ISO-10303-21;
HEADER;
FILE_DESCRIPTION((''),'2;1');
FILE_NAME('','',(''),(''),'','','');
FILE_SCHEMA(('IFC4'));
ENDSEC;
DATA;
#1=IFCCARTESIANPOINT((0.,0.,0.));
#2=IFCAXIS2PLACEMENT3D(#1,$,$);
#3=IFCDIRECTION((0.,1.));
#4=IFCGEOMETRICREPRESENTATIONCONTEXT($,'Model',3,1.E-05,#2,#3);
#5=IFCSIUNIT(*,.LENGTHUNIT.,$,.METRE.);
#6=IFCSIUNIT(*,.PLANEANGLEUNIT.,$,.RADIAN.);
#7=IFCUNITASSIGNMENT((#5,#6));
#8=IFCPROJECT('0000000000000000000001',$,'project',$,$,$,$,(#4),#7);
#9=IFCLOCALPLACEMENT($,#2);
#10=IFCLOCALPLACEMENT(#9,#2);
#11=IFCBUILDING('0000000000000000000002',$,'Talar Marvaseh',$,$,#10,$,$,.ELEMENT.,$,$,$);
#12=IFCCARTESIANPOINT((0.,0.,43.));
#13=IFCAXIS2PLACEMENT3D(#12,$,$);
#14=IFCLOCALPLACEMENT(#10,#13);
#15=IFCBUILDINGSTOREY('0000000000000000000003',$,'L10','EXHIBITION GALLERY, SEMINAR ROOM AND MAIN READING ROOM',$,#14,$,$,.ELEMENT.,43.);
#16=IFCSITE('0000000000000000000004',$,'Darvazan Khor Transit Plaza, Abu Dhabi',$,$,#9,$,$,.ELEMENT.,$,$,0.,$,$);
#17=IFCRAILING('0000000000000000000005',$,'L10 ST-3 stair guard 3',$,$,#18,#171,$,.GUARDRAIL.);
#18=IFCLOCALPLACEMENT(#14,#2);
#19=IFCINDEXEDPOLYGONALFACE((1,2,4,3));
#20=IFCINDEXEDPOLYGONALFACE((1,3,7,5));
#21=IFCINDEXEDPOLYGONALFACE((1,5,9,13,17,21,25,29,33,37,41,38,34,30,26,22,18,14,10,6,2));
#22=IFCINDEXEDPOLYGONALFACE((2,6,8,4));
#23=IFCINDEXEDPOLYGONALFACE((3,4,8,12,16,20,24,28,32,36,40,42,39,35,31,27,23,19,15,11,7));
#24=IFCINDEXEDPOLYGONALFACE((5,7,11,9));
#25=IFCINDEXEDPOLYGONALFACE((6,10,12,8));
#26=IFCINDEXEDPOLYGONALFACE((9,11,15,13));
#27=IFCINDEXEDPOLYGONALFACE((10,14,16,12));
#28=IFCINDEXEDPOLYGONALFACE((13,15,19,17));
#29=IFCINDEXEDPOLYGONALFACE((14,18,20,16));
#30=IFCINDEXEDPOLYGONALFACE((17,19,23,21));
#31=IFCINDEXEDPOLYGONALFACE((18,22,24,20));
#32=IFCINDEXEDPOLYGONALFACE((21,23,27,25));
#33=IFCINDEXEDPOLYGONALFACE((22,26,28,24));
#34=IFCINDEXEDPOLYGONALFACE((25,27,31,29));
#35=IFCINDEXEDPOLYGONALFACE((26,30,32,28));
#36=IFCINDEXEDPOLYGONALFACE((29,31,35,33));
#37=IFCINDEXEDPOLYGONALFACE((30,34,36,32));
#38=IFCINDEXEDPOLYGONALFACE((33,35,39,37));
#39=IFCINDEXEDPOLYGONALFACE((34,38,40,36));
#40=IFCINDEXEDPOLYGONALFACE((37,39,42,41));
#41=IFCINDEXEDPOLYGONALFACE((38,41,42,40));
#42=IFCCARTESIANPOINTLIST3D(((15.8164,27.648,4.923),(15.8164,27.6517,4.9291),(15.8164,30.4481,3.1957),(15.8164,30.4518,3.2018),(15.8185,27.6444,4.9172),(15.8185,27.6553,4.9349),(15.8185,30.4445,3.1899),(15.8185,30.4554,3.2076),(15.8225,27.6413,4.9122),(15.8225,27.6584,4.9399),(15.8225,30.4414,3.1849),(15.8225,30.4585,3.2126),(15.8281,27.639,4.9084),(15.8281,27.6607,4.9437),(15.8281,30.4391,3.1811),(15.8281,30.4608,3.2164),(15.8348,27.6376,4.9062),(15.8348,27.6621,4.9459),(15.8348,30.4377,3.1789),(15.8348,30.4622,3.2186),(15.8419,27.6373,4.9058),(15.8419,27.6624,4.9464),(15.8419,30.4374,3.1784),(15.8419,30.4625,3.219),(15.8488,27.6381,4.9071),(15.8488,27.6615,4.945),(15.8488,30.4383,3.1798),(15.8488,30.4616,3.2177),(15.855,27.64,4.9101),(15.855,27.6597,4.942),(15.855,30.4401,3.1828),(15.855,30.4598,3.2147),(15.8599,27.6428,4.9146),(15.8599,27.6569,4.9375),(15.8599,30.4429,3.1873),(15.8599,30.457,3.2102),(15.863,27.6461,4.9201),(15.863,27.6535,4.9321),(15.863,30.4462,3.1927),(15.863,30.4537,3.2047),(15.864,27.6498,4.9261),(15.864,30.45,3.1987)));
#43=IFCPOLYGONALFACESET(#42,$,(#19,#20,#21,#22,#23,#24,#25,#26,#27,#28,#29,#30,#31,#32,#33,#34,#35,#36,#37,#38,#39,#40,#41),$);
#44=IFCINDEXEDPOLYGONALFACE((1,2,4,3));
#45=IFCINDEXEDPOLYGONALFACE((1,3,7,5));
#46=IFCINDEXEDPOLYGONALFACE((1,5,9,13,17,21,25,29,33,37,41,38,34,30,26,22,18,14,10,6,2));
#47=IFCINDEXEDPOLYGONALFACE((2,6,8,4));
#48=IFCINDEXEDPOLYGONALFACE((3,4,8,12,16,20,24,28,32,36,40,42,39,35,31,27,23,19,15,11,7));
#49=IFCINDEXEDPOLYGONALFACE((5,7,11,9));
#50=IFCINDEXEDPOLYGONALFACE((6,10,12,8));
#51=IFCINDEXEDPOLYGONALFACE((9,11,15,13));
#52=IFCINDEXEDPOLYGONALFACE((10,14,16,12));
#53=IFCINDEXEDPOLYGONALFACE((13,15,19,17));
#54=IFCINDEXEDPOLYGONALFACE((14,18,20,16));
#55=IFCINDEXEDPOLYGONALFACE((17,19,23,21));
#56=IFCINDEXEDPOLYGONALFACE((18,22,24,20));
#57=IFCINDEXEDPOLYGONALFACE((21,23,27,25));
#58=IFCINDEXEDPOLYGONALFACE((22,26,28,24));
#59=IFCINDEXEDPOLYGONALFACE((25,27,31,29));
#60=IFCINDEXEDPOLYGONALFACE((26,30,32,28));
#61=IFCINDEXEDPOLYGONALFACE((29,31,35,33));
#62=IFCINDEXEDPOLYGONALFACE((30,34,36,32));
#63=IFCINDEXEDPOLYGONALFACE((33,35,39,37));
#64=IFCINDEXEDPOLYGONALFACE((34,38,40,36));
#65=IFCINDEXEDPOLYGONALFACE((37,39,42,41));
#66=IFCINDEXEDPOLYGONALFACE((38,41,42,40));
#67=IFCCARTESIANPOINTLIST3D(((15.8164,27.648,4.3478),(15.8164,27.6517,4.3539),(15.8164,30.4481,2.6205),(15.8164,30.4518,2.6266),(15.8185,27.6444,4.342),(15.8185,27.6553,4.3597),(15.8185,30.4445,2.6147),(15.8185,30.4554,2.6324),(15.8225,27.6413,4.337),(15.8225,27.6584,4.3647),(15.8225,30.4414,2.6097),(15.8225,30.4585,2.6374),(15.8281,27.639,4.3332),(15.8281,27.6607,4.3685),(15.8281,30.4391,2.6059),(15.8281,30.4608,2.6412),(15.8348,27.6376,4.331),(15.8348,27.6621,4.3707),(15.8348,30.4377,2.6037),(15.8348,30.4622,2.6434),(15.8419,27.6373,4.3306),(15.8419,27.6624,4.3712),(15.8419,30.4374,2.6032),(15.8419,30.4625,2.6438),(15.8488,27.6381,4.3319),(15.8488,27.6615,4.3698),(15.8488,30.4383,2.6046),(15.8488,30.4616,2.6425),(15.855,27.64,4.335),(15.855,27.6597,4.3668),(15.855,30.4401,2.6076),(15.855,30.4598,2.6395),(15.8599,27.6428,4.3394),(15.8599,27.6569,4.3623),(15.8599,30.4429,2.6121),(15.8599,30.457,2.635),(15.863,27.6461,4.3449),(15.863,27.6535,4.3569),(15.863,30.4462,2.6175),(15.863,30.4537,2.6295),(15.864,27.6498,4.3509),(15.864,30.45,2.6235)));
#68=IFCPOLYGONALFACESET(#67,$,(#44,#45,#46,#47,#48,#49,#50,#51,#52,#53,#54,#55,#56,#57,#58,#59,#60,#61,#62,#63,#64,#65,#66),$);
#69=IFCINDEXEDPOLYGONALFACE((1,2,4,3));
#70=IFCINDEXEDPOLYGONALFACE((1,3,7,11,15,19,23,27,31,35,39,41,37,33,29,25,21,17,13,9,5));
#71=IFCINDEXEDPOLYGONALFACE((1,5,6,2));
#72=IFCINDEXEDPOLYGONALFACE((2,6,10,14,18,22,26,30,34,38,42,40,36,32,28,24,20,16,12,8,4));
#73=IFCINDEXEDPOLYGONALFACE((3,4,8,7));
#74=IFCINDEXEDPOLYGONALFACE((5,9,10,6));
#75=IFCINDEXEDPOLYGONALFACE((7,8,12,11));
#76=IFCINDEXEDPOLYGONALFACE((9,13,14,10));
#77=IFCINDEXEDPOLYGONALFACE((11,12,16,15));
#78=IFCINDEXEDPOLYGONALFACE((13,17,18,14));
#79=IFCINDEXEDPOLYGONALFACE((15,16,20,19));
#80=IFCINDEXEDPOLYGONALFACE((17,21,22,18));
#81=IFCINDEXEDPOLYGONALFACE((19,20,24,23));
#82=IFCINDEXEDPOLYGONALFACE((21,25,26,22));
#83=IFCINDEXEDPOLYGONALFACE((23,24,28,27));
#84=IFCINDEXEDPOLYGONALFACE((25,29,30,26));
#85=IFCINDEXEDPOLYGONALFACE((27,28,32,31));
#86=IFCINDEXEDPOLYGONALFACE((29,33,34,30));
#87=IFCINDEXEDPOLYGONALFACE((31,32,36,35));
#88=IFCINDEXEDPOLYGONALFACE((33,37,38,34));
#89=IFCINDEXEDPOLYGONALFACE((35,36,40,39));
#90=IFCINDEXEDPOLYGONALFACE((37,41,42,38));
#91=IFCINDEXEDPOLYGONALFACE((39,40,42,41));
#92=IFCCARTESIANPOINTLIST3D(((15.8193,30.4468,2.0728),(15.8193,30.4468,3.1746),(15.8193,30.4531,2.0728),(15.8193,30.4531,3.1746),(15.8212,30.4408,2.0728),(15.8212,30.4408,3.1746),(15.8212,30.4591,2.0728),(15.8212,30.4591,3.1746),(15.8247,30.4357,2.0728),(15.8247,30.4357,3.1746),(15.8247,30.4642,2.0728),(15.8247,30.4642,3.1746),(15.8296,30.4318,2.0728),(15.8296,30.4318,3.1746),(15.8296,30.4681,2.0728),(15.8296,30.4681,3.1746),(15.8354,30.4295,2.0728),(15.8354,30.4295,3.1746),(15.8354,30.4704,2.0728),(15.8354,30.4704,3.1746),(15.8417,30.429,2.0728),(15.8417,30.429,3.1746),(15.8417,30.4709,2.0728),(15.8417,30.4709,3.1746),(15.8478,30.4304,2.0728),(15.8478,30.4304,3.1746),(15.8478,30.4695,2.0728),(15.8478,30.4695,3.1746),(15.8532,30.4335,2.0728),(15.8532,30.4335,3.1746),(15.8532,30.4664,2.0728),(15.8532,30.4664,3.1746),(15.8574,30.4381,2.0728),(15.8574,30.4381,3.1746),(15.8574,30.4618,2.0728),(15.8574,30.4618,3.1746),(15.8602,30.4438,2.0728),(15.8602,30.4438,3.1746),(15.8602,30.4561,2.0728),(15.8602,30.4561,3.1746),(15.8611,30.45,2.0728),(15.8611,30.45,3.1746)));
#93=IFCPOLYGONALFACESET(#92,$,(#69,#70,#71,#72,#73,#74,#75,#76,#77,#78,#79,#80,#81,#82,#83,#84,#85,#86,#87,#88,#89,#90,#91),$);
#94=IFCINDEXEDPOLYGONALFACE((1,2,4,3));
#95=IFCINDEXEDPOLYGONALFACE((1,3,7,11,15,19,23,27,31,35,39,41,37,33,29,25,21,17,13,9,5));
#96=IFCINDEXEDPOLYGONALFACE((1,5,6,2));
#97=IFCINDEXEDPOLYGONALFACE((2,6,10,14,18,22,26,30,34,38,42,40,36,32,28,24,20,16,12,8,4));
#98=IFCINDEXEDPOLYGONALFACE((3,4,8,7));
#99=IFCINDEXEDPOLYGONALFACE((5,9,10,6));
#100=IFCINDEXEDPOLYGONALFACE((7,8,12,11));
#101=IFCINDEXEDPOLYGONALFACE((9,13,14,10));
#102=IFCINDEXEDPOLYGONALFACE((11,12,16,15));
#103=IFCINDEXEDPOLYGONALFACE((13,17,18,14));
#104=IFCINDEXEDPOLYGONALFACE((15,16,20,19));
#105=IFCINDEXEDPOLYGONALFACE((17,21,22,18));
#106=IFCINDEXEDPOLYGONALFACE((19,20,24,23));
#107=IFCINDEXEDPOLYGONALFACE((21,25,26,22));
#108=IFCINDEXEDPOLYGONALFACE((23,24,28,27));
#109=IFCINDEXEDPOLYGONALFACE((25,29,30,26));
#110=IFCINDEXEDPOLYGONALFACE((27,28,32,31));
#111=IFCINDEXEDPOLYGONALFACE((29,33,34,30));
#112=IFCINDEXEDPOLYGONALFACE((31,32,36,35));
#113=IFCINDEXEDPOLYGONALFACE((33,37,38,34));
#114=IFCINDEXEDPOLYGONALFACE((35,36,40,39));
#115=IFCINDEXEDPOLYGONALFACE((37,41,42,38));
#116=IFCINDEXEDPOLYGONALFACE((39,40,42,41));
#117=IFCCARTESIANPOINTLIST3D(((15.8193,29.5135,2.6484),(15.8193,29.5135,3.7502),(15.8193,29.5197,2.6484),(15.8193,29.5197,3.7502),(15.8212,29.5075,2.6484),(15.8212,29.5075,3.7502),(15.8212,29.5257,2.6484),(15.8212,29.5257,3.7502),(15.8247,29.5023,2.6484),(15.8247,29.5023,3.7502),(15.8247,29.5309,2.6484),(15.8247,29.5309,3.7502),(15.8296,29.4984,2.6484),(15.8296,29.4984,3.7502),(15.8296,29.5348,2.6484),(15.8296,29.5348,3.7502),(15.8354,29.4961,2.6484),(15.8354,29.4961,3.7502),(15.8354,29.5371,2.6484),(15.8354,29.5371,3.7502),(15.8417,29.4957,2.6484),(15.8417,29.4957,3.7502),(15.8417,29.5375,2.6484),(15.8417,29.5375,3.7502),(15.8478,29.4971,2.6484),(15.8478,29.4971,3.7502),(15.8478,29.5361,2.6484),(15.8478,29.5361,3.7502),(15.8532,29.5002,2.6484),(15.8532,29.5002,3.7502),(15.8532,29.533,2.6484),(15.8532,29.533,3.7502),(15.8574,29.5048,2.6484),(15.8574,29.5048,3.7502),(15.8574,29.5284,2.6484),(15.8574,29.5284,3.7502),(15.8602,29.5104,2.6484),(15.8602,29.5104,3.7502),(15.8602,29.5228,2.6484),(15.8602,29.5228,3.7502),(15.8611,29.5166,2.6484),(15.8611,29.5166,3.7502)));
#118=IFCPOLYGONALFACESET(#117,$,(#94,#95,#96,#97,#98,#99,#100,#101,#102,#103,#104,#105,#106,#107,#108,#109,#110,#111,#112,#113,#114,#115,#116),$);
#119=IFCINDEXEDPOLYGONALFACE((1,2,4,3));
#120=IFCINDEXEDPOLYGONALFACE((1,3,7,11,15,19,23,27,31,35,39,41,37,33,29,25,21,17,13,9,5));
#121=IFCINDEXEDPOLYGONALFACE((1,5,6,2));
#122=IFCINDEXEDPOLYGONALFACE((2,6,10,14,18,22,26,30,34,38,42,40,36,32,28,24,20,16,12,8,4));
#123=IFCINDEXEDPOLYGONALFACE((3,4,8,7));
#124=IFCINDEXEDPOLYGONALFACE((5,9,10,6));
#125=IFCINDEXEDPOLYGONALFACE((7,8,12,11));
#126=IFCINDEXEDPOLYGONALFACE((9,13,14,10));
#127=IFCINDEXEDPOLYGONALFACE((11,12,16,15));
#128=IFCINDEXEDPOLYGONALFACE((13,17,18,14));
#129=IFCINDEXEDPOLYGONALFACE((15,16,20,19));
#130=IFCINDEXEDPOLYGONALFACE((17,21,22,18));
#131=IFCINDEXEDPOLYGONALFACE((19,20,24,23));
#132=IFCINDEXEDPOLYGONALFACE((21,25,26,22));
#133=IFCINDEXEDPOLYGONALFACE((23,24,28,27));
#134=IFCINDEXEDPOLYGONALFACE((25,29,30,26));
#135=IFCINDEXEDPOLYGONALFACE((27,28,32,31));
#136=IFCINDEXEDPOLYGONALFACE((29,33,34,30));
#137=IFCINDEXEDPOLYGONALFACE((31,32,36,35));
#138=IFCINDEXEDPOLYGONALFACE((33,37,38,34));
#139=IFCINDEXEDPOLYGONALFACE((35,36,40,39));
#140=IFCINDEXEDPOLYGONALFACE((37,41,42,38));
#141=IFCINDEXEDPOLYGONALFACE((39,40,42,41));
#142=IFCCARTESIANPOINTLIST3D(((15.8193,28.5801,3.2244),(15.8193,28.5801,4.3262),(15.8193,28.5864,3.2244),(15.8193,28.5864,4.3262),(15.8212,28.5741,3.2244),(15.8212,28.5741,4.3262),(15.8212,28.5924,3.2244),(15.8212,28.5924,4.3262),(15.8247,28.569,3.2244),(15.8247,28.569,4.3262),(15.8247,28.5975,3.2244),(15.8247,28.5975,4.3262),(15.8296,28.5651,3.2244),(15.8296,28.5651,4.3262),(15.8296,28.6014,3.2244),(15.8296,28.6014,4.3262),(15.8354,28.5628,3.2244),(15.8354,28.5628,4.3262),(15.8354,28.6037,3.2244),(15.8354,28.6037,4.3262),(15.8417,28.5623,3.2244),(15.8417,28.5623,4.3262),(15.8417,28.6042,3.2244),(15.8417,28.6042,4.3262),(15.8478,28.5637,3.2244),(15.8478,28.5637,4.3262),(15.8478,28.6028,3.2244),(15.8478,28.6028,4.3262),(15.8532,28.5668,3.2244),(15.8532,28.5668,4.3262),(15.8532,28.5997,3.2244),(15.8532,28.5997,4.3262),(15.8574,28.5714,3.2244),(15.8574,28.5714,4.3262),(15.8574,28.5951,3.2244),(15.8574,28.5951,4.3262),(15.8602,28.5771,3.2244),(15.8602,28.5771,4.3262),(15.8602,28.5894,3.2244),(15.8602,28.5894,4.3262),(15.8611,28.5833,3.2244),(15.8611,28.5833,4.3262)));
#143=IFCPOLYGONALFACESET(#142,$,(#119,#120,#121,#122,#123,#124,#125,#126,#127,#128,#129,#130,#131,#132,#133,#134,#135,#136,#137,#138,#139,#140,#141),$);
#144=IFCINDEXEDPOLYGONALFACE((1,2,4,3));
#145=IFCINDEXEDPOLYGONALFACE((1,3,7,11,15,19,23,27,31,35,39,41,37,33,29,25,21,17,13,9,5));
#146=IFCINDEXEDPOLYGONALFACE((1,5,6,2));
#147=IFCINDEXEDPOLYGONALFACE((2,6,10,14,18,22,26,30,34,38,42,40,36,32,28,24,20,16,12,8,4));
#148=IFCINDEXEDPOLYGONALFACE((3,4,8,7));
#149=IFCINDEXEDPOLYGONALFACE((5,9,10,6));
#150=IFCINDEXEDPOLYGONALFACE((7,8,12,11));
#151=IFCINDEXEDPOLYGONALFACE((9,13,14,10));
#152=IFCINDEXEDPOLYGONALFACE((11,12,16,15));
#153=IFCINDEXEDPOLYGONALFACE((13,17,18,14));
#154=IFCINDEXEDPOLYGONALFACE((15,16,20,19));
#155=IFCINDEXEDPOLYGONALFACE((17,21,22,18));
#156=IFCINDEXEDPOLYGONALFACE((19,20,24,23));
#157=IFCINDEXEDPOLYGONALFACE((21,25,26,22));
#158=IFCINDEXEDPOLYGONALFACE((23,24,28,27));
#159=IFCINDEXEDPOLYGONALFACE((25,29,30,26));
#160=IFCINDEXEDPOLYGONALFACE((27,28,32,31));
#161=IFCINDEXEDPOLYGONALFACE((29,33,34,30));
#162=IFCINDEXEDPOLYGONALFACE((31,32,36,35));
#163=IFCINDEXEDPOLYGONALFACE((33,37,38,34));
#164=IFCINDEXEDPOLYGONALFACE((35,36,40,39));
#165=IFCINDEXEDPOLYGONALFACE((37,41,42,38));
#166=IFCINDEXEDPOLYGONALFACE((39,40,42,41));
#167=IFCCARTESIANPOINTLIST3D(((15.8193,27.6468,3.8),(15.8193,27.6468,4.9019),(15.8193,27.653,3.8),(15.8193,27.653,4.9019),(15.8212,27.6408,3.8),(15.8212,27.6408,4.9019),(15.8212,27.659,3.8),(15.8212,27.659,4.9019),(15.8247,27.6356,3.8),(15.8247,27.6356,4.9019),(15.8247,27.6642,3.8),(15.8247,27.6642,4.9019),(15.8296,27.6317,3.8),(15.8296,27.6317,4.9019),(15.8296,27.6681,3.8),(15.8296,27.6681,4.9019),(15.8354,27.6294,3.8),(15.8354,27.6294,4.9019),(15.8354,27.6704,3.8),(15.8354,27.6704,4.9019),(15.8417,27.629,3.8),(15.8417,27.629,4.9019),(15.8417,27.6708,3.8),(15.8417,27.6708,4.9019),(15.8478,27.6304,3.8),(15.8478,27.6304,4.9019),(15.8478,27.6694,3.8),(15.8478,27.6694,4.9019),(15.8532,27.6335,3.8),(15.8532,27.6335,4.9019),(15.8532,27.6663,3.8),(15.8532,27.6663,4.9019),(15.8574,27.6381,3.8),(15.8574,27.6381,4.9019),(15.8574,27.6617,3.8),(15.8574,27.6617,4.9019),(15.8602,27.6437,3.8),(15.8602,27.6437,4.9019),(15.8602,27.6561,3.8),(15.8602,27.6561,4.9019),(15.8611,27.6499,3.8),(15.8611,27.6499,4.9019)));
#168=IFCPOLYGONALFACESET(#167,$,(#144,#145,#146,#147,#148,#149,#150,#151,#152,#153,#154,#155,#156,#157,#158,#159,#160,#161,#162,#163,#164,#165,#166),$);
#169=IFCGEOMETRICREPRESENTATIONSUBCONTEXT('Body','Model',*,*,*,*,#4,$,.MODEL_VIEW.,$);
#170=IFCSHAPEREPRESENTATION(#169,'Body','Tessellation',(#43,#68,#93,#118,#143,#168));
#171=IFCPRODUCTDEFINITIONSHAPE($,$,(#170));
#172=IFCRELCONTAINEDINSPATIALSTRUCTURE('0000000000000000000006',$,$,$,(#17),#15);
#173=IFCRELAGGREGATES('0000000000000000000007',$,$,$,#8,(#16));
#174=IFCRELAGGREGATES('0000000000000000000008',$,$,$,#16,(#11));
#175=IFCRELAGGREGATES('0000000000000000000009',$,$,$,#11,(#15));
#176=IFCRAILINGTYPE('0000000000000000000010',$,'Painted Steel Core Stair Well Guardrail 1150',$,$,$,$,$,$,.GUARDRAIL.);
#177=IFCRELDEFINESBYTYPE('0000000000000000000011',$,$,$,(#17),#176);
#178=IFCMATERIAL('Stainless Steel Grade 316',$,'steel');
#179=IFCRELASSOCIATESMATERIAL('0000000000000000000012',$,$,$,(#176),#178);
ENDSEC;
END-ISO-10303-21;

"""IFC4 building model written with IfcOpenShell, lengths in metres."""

from ifc_helpers import new_model, si_unit, direction, frame, origin, origin_2d, place, context, subcontext, project, spatial, circle, extrude, material, type_object, element, save


model = new_model("IFC4")

# Units and contexts
model_context = context("Model", 3, precision=1e-05, world=origin(), true_north=direction((0.0, 1.0)))
body_context = subcontext(model_context, "Body", "Model", "MODEL_VIEW")
ifc_project = project(units=[si_unit("LENGTHUNIT", "METRE"), si_unit("PLANEANGLEUNIT", "RADIAN")], contexts=[model_context])

# Site, building, storey
site_placement = place(None, origin())
site = spatial("IfcSite", under=ifc_project, at=site_placement, Name="Darvazan Khor Transit Plaza, Abu Dhabi", CompositionType="ELEMENT", RefElevation=0.0)
building_placement = place(site_placement, origin())
building = spatial("IfcBuilding", under=site, at=building_placement, Name="Talar Marvaseh", CompositionType="ELEMENT")
storey_placement = place(building_placement, frame((0.0, 0.0, 43.0)))
storey = spatial("IfcBuildingStorey", under=building, at=storey_placement, Name="L10", Description="EXHIBITION GALLERY, SEMINAR ROOM AND MAIN READING ROOM", CompositionType="ELEMENT", Elevation=43.0)

# Railing
ifc_material_1 = material(Name="Stainless Steel Grade 316", Category="steel")
railing_type_1 = type_object("IfcRailingType", Name="Painted Steel Core Stair Well Guardrail 1150", PredefinedType="GUARDRAIL", material=ifc_material_1)
railing_1_placement = place(storey_placement, frame((15.8401, 30.45, 2.0728)))
element("IfcRailing", 1, at=railing_1_placement, inside=storey, type_object=railing_type_1, Name="L10 ST-3 stair guard 3", PredefinedType="GUARDRAIL", context=body_context, shape_type="SweptSolid", body=[
    extrude(circle(Radius=0.0239, at=origin_2d()), frame((0.0, 0.0, 1.126), z_axis=(0.0, -0.85109, 0.52502), x_axis=(1.0, 0.0, 0.0)), (0.0, 0.0, 1.0), 3.29),
    extrude(circle(Radius=0.0239, at=origin_2d()), frame((0.0, 0.0, 0.5508), z_axis=(0.0, -0.85109, 0.52502), x_axis=(1.0, 0.0, 0.0)), (0.0, 0.0, 1.0), 3.29),
    extrude(circle(Radius=0.021, at=origin_2d()), origin(), (0.0, 0.0, 1.0), 1.1018),
    extrude(circle(Radius=0.021, at=origin_2d()), frame((0.0, -0.9333, 0.5757)), (0.0, 0.0, 1.0), 1.1018),
    extrude(circle(Radius=0.021, at=origin_2d()), frame((0.0, -1.8667, 1.1516)), (0.0, 0.0, 1.0), 1.1018),
    extrude(circle(Radius=0.021, at=origin_2d()), frame((0.0, -2.8, 1.7273)), (0.0, 0.0, 1.0), 1.1018),
])

save(model, "model.ifc")
